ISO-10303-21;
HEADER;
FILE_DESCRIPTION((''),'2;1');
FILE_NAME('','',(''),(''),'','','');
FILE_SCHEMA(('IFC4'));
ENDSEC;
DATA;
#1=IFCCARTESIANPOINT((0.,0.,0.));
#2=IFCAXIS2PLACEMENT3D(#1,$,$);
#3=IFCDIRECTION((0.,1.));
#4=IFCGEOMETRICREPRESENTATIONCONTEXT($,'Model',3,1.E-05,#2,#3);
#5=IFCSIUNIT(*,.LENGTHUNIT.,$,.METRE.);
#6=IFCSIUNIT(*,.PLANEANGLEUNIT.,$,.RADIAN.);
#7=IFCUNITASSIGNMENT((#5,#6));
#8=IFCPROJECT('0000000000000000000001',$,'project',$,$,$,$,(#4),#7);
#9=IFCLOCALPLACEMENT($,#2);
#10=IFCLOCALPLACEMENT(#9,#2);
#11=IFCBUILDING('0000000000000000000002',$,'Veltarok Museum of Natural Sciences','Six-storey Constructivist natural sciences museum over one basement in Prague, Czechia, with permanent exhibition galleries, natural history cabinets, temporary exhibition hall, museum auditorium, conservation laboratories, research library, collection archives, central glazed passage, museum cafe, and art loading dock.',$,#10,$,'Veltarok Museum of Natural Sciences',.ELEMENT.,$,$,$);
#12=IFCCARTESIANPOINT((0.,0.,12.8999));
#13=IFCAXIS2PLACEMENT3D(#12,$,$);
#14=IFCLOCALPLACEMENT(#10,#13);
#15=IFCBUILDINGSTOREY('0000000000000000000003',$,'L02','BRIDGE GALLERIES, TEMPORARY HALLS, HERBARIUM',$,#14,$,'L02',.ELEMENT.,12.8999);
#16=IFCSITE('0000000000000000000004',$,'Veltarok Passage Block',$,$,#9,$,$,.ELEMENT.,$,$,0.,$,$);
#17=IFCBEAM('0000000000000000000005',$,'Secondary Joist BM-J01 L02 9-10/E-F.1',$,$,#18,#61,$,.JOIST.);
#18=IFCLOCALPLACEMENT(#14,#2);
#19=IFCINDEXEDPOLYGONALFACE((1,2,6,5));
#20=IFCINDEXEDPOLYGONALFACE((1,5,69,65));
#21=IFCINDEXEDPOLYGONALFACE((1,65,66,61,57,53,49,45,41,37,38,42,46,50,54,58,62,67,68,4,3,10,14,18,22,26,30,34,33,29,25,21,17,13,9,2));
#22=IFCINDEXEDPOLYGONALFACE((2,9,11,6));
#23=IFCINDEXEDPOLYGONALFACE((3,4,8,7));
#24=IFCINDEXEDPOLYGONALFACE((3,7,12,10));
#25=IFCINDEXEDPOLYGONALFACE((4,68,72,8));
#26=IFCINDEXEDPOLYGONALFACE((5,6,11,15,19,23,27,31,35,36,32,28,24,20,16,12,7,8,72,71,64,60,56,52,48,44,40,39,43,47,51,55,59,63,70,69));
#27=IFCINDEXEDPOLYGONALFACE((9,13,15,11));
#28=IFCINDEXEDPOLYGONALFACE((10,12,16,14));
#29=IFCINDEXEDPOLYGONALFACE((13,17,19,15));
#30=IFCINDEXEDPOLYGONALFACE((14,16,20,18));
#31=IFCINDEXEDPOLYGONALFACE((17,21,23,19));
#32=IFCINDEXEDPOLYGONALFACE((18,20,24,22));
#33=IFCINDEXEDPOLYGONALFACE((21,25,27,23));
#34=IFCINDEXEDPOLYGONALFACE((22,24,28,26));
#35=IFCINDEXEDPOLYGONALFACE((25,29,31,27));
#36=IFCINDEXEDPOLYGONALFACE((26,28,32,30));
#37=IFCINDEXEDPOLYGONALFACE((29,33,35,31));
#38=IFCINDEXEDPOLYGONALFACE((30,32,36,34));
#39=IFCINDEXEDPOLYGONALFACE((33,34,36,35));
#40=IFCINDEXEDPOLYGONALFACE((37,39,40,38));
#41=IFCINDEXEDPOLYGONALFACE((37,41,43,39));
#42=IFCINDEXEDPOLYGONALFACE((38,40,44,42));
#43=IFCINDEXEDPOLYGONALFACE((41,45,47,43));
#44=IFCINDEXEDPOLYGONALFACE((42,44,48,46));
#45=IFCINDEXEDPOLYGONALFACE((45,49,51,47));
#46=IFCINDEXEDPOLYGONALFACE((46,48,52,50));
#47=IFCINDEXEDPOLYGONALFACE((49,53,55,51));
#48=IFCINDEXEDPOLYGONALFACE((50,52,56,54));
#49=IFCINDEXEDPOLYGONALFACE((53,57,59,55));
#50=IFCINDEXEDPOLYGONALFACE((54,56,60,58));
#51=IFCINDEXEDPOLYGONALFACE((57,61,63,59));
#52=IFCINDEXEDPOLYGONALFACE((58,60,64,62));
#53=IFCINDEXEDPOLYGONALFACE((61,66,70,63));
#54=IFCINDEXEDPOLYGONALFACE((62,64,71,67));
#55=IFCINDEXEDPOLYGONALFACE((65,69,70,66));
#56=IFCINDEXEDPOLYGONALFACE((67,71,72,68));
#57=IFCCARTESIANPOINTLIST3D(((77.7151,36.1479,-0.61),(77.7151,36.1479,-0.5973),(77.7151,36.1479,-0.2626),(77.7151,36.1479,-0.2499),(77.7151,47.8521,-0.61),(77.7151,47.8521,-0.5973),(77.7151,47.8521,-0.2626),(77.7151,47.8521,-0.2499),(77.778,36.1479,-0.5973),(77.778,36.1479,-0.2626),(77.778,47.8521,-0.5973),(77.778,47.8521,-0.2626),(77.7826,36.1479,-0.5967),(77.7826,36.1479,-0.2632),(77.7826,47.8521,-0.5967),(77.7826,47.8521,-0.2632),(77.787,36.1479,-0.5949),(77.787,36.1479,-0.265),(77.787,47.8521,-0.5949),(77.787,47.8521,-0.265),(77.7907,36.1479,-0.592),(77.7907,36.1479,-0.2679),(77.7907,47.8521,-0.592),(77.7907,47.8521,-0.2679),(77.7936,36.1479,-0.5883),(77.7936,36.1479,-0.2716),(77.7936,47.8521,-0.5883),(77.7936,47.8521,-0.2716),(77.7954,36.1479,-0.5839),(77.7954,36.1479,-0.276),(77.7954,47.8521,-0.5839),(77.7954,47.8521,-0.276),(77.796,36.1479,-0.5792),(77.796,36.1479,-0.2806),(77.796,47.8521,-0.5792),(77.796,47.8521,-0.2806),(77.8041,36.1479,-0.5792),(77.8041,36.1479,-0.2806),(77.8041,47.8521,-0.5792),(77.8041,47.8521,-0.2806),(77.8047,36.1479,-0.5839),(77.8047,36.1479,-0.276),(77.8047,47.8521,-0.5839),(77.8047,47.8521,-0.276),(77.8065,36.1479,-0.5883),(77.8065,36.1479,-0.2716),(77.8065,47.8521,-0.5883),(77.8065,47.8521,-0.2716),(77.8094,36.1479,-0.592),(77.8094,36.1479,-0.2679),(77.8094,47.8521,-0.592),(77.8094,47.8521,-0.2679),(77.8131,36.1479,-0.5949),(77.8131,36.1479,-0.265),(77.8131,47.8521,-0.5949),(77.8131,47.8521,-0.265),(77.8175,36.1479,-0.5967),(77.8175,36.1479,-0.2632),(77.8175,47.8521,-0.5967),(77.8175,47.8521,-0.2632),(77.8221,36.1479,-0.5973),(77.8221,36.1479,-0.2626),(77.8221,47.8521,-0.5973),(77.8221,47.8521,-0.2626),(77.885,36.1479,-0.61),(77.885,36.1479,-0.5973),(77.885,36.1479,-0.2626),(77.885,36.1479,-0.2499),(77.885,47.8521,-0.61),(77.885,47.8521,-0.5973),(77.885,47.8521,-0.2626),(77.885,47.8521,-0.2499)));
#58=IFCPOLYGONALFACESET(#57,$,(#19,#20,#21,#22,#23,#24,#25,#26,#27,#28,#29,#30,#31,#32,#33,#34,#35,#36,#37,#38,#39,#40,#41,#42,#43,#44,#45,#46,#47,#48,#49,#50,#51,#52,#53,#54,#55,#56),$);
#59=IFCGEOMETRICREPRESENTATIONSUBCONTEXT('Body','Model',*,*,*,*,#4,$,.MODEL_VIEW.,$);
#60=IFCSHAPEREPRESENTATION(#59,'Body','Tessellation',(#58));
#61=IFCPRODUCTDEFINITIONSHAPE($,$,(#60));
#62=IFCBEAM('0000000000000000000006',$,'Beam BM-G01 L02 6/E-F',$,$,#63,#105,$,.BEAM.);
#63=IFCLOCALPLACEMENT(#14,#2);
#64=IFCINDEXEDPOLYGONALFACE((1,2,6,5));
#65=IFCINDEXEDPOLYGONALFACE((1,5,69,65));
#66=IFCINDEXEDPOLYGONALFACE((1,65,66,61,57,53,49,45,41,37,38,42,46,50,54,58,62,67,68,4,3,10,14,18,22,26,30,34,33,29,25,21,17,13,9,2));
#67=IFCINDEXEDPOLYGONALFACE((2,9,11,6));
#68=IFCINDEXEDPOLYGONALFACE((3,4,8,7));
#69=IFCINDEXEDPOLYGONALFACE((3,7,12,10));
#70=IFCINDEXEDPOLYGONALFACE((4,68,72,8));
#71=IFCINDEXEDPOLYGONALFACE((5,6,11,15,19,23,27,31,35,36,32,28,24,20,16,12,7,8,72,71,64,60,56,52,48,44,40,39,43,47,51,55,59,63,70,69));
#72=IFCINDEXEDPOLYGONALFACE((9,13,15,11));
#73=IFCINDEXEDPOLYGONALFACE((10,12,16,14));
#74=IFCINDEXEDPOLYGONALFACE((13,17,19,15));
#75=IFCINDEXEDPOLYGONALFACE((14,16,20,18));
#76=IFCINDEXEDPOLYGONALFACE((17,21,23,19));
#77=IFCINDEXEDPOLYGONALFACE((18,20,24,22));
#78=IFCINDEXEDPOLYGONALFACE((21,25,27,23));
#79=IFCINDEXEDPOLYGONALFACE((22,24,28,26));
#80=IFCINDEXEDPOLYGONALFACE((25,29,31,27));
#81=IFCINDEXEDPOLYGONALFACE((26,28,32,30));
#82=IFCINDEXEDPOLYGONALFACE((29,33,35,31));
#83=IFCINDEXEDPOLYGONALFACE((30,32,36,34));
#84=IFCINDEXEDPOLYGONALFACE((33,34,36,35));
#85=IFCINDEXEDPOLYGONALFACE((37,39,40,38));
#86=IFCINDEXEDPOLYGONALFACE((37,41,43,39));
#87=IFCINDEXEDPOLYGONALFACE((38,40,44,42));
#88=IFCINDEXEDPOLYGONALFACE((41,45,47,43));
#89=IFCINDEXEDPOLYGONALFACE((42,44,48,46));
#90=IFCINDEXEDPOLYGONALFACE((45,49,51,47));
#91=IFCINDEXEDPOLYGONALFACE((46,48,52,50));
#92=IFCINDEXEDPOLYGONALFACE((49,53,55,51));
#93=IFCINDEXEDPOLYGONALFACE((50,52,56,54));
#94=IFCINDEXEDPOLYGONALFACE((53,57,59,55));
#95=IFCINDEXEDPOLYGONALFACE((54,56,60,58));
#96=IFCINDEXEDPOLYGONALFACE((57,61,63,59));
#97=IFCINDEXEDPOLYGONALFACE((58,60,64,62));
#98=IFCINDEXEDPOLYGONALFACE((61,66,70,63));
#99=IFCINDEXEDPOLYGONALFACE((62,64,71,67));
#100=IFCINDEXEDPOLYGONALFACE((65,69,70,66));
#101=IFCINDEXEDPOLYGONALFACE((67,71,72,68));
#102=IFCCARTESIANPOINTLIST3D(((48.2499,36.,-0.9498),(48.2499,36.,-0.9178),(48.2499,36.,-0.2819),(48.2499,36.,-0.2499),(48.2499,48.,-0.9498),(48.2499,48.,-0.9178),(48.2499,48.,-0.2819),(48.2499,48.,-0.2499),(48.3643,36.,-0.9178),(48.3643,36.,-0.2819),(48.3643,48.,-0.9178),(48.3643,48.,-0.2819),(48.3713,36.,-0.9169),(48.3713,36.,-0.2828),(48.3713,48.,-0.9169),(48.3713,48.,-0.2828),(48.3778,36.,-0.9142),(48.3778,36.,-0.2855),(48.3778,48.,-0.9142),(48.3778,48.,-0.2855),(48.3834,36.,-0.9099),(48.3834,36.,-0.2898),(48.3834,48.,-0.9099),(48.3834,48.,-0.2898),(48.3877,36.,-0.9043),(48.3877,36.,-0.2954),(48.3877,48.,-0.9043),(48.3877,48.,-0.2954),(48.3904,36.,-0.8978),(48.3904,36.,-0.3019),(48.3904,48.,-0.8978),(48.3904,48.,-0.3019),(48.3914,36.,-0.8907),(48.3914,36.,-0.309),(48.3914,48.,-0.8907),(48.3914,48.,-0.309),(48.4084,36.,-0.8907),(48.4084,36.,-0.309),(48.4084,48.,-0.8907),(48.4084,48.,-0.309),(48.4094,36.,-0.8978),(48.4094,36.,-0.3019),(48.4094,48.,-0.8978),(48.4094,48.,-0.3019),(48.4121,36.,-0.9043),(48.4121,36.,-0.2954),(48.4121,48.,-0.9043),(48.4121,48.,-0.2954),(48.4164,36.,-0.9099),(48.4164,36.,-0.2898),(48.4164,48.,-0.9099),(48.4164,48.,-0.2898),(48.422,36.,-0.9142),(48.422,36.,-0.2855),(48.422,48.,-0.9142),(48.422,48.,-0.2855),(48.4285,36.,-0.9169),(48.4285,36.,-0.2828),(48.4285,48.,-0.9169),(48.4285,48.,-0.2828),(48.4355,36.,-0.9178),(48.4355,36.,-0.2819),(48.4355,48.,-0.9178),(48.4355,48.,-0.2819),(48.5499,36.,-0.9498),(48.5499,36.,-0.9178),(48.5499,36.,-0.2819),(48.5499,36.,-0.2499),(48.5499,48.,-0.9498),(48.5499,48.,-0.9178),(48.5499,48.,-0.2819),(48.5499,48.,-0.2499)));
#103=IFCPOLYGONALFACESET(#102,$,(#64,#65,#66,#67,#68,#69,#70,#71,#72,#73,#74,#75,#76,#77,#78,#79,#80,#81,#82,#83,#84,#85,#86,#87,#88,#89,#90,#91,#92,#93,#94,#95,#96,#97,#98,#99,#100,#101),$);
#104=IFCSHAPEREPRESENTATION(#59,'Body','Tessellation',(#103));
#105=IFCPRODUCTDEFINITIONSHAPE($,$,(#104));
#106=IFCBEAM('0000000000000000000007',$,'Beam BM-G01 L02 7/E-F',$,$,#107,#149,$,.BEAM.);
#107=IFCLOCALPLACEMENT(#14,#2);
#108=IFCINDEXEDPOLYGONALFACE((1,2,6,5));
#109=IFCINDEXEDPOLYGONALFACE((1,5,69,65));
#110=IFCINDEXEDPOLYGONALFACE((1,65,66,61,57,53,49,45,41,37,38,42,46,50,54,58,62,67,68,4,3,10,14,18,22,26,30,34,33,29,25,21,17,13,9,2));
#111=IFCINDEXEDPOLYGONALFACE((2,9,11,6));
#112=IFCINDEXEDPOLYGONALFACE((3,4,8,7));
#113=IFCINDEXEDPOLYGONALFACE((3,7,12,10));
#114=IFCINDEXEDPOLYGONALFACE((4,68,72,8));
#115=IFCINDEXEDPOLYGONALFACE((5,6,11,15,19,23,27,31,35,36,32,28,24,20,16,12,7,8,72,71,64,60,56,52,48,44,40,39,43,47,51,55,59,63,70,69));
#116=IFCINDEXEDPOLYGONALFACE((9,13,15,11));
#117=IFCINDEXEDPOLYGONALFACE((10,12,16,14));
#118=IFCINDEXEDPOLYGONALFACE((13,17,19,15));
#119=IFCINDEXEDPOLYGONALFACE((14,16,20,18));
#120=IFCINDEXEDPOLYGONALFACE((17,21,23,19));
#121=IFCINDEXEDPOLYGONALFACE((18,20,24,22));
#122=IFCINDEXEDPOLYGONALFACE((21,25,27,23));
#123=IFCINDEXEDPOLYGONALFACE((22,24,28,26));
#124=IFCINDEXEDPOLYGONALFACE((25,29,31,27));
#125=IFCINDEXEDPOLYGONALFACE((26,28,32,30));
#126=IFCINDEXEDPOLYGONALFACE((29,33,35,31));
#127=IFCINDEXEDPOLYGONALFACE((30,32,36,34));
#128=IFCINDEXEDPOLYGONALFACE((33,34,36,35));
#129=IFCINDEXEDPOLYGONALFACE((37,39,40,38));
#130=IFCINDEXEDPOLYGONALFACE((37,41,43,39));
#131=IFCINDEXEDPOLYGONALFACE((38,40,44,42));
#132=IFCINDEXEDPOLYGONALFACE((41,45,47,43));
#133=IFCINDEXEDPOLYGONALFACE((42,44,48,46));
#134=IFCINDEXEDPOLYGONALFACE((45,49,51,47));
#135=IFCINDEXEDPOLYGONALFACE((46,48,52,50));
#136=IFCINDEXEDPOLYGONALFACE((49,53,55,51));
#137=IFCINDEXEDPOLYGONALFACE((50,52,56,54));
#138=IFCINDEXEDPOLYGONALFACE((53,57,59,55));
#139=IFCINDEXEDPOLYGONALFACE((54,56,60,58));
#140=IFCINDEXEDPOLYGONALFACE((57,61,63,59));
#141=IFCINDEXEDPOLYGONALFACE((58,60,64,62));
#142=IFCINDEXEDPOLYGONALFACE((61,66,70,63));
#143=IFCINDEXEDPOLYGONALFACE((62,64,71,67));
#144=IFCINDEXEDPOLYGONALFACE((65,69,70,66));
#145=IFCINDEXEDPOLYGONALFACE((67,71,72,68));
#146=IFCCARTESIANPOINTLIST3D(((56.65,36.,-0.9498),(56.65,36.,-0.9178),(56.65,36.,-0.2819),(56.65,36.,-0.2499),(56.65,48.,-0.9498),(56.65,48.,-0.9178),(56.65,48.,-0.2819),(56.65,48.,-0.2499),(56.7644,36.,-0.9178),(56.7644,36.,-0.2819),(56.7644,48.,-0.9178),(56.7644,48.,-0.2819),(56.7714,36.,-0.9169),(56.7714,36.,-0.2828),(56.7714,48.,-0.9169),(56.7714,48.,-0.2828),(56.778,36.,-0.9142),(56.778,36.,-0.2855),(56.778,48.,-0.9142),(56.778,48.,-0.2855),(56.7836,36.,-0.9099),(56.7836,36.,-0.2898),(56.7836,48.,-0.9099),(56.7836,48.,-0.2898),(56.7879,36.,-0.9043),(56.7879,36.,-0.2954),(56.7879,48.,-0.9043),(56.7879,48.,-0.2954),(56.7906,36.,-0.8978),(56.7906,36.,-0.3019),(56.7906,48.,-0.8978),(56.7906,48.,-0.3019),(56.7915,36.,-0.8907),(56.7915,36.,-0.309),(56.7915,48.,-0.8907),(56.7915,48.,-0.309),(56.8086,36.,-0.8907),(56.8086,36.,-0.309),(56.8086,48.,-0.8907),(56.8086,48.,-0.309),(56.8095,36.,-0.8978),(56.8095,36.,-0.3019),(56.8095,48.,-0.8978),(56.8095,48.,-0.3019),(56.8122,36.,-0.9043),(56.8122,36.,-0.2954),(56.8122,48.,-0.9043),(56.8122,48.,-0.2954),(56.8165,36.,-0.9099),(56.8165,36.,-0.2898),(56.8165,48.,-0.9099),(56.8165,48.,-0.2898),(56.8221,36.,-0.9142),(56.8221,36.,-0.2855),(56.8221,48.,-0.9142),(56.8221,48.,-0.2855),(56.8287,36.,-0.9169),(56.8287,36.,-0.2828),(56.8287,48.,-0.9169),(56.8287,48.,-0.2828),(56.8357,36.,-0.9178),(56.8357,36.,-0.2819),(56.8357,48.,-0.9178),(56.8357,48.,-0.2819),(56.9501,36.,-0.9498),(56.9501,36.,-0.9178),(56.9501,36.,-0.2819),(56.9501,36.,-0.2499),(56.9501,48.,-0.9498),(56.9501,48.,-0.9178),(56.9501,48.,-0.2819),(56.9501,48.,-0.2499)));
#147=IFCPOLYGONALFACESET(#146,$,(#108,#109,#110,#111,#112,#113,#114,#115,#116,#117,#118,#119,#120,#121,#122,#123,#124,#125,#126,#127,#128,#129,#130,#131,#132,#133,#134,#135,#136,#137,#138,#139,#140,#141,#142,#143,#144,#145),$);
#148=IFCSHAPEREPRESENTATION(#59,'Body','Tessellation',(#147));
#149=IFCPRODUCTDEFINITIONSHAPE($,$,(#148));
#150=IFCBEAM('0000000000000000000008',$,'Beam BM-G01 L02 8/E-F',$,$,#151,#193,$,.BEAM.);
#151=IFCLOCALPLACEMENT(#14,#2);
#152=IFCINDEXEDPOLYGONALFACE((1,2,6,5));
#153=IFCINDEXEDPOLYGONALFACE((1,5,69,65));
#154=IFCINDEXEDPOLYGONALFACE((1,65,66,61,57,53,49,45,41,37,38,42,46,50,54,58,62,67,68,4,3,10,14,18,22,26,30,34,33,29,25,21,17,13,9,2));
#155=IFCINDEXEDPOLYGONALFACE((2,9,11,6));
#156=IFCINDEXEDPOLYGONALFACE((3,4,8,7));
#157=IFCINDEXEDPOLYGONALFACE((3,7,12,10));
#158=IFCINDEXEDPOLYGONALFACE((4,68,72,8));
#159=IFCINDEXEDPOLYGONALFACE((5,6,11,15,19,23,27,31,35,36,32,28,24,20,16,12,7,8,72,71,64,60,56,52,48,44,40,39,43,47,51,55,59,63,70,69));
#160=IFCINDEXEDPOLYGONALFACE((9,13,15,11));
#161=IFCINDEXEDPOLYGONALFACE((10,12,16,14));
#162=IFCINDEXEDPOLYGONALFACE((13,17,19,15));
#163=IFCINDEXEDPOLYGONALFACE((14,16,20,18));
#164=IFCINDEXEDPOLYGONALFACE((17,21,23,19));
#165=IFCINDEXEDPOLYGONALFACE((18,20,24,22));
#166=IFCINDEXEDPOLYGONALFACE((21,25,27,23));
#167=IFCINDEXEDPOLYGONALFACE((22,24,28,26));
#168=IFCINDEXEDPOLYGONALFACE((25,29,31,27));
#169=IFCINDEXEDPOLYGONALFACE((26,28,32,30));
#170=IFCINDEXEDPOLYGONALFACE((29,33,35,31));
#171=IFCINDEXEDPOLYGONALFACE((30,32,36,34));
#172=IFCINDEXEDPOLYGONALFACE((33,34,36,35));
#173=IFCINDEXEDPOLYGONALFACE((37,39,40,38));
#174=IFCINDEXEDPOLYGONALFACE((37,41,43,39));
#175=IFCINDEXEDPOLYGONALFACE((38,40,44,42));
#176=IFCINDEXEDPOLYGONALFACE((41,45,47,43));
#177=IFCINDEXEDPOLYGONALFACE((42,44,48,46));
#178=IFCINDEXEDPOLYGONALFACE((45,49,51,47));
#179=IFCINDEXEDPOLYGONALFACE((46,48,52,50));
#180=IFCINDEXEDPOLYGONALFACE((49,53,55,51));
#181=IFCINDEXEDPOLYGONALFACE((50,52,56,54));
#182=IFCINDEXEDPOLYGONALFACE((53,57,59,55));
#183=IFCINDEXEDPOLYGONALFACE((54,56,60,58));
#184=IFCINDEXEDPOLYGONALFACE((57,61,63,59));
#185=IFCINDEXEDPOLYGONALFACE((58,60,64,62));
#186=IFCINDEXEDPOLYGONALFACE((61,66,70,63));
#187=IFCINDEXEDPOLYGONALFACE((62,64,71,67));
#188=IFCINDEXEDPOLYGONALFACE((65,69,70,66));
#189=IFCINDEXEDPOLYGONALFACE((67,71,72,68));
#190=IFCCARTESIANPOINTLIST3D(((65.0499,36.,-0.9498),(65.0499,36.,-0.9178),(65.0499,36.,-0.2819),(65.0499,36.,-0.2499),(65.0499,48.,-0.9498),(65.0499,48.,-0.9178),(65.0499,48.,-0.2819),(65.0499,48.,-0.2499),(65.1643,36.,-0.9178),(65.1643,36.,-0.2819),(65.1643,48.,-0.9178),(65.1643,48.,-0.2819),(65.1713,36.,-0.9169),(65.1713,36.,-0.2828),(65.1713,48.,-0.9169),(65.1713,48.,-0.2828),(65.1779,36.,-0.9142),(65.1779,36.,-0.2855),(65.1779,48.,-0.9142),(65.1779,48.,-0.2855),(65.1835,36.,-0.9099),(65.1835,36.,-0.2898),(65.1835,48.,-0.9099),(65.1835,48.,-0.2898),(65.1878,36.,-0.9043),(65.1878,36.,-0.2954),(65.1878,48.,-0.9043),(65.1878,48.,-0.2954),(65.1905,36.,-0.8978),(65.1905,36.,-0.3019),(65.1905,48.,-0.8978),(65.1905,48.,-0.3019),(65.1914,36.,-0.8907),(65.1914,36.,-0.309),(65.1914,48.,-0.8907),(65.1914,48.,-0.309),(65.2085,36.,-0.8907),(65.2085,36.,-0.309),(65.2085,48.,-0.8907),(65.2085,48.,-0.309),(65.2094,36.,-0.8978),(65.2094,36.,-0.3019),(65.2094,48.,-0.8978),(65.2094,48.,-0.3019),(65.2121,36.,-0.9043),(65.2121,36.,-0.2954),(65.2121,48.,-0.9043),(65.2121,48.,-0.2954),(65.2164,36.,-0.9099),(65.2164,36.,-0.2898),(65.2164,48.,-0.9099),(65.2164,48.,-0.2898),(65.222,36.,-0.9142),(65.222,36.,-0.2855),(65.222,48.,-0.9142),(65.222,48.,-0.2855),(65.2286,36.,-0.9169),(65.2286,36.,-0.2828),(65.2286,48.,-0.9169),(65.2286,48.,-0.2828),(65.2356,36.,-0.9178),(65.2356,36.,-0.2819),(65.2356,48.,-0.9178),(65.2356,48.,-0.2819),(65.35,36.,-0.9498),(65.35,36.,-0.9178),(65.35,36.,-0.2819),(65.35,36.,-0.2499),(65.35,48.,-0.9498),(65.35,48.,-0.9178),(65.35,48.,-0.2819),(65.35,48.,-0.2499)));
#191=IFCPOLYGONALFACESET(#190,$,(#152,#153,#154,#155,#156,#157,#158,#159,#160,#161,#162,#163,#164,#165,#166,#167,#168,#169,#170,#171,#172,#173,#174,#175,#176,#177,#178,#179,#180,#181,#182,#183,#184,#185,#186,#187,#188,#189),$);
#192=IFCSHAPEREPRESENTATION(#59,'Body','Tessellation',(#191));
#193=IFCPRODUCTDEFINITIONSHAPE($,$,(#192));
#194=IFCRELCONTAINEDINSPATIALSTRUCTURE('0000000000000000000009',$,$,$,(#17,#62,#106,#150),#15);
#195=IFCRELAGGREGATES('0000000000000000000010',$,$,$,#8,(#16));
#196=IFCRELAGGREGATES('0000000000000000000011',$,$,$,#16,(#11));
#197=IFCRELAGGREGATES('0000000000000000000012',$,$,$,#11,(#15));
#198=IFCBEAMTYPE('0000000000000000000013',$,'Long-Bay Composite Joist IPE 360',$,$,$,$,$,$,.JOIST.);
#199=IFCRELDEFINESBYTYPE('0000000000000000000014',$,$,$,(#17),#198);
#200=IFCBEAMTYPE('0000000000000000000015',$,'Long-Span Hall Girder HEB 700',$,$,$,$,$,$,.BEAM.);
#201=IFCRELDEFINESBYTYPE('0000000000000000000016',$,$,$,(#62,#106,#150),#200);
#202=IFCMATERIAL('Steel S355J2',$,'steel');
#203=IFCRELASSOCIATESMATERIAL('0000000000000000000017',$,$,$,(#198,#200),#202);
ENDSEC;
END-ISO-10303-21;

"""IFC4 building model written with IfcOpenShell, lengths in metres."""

from ifc_helpers import new_model, si_unit, direction, frame, origin, origin_2d, place, context, subcontext, project, spatial, i_section, extrude, material, material_profile, profile_set, type_object, element, save


model = new_model("IFC4")

# Units and contexts
model_context = context("Model", 3, precision=1e-05, world=origin(), true_north=direction((0.0, 1.0)))
body_context = subcontext(model_context, "Body", "Model", "MODEL_VIEW")
ifc_project = project(units=[si_unit("LENGTHUNIT", "METRE"), si_unit("PLANEANGLEUNIT", "RADIAN")], contexts=[model_context])

# Site, building, storey
site_placement = place(None, origin())
site = spatial("IfcSite", under=ifc_project, at=site_placement, Name="Veltarok Passage Block", CompositionType="ELEMENT", RefElevation=0.0)
building_placement = place(site_placement, origin())
building = spatial("IfcBuilding", under=site, at=building_placement, Name="Veltarok Museum of Natural Sciences", Description="Six-storey Constructivist natural sciences museum over one basement in Prague, Czechia, with permanent exhibition galleries, natural history cabinets, temporary exhibition hall, museum auditorium, conservation laboratories, research library, collection archives, central glazed passage, museum cafe, and art loading dock.", LongName="Veltarok Museum of Natural Sciences", CompositionType="ELEMENT")
storey_placement = place(building_placement, frame((0.0, 0.0, 12.8999)))
storey = spatial("IfcBuildingStorey", under=building, at=storey_placement, Name="L02", Description="BRIDGE GALLERIES, TEMPORARY HALLS, HERBARIUM", LongName="L02", CompositionType="ELEMENT", Elevation=12.8999)

# Shared definitions
ifc_material_1 = material(Name="Steel S355J2", Category="steel")

# Beams
ifc_material_profile_1 = material_profile(ifc_material_1, i_section(OverallWidth=0.1699, OverallDepth=0.3601, WebThickness=0.0081, FlangeThickness=0.0127, FilletRadius=0.0181, at=origin_2d()), Name="IPE 360")
ifc_profile_set_1 = profile_set([ifc_material_profile_1], Name="Steel S355J2")
beam_type_1 = type_object("IfcBeamType", Name="Long-Bay Composite Joist IPE 360", PredefinedType="JOIST", material=ifc_profile_set_1)
for number, where, z_axis, x_axis, name in (
    (1, (77.8, 36.1479, -0.4299), (0.0, 1.0, 0.0), (-1.0, 0.0, 0.0), "Secondary Joist BM-J01 L02 9-10/E-F.1"),
):
    element("IfcBeam", number, at=place(storey_placement, frame(where, z_axis=z_axis, x_axis=x_axis)), inside=storey, type_object=beam_type_1, Name=name, PredefinedType="JOIST", context=body_context, shape_type="SweptSolid", body=[
        extrude(i_section(OverallWidth=0.1699, OverallDepth=0.3601, WebThickness=0.0081, FlangeThickness=0.0127, FilletRadius=0.0181, at=origin_2d()), origin(), (0.0, 0.0, 1.0), 11.7041),
    ])
ifc_material_profile_2 = material_profile(ifc_material_1, i_section(OverallWidth=0.3, OverallDepth=0.7, WebThickness=0.0171, FlangeThickness=0.032, FilletRadius=0.0271, at=origin_2d()), Name="HEB 700")
ifc_profile_set_2 = profile_set([ifc_material_profile_2], Name="Steel S355J2")
beam_type_2 = type_object("IfcBeamType", Name="Long-Span Hall Girder HEB 700", PredefinedType="BEAM", material=ifc_profile_set_2)
for number, where, z_axis, x_axis, name in (
    (2, (48.3999, 36.0, -0.5999), (0.0, 1.0, 0.0), (-1.0, 0.0, 0.0), "Beam BM-G01 L02 6/E-F"),
    (3, (56.8, 36.0, -0.5999), (0.0, 1.0, 0.0), (-1.0, 0.0, 0.0), "Beam BM-G01 L02 7/E-F"),
    (4, (65.2, 36.0, -0.5999), (0.0, 1.0, 0.0), (-1.0, 0.0, 0.0), "Beam BM-G01 L02 8/E-F"),
):
    element("IfcBeam", number, at=place(storey_placement, frame(where, z_axis=z_axis, x_axis=x_axis)), inside=storey, type_object=beam_type_2, Name=name, PredefinedType="BEAM", context=body_context, shape_type="SweptSolid", body=[
        extrude(i_section(OverallWidth=0.3, OverallDepth=0.7, WebThickness=0.0171, FlangeThickness=0.032, FilletRadius=0.0271, at=origin_2d()), origin(), (0.0, 0.0, 1.0), 12.0),
    ])

save(model, "model.ifc")
